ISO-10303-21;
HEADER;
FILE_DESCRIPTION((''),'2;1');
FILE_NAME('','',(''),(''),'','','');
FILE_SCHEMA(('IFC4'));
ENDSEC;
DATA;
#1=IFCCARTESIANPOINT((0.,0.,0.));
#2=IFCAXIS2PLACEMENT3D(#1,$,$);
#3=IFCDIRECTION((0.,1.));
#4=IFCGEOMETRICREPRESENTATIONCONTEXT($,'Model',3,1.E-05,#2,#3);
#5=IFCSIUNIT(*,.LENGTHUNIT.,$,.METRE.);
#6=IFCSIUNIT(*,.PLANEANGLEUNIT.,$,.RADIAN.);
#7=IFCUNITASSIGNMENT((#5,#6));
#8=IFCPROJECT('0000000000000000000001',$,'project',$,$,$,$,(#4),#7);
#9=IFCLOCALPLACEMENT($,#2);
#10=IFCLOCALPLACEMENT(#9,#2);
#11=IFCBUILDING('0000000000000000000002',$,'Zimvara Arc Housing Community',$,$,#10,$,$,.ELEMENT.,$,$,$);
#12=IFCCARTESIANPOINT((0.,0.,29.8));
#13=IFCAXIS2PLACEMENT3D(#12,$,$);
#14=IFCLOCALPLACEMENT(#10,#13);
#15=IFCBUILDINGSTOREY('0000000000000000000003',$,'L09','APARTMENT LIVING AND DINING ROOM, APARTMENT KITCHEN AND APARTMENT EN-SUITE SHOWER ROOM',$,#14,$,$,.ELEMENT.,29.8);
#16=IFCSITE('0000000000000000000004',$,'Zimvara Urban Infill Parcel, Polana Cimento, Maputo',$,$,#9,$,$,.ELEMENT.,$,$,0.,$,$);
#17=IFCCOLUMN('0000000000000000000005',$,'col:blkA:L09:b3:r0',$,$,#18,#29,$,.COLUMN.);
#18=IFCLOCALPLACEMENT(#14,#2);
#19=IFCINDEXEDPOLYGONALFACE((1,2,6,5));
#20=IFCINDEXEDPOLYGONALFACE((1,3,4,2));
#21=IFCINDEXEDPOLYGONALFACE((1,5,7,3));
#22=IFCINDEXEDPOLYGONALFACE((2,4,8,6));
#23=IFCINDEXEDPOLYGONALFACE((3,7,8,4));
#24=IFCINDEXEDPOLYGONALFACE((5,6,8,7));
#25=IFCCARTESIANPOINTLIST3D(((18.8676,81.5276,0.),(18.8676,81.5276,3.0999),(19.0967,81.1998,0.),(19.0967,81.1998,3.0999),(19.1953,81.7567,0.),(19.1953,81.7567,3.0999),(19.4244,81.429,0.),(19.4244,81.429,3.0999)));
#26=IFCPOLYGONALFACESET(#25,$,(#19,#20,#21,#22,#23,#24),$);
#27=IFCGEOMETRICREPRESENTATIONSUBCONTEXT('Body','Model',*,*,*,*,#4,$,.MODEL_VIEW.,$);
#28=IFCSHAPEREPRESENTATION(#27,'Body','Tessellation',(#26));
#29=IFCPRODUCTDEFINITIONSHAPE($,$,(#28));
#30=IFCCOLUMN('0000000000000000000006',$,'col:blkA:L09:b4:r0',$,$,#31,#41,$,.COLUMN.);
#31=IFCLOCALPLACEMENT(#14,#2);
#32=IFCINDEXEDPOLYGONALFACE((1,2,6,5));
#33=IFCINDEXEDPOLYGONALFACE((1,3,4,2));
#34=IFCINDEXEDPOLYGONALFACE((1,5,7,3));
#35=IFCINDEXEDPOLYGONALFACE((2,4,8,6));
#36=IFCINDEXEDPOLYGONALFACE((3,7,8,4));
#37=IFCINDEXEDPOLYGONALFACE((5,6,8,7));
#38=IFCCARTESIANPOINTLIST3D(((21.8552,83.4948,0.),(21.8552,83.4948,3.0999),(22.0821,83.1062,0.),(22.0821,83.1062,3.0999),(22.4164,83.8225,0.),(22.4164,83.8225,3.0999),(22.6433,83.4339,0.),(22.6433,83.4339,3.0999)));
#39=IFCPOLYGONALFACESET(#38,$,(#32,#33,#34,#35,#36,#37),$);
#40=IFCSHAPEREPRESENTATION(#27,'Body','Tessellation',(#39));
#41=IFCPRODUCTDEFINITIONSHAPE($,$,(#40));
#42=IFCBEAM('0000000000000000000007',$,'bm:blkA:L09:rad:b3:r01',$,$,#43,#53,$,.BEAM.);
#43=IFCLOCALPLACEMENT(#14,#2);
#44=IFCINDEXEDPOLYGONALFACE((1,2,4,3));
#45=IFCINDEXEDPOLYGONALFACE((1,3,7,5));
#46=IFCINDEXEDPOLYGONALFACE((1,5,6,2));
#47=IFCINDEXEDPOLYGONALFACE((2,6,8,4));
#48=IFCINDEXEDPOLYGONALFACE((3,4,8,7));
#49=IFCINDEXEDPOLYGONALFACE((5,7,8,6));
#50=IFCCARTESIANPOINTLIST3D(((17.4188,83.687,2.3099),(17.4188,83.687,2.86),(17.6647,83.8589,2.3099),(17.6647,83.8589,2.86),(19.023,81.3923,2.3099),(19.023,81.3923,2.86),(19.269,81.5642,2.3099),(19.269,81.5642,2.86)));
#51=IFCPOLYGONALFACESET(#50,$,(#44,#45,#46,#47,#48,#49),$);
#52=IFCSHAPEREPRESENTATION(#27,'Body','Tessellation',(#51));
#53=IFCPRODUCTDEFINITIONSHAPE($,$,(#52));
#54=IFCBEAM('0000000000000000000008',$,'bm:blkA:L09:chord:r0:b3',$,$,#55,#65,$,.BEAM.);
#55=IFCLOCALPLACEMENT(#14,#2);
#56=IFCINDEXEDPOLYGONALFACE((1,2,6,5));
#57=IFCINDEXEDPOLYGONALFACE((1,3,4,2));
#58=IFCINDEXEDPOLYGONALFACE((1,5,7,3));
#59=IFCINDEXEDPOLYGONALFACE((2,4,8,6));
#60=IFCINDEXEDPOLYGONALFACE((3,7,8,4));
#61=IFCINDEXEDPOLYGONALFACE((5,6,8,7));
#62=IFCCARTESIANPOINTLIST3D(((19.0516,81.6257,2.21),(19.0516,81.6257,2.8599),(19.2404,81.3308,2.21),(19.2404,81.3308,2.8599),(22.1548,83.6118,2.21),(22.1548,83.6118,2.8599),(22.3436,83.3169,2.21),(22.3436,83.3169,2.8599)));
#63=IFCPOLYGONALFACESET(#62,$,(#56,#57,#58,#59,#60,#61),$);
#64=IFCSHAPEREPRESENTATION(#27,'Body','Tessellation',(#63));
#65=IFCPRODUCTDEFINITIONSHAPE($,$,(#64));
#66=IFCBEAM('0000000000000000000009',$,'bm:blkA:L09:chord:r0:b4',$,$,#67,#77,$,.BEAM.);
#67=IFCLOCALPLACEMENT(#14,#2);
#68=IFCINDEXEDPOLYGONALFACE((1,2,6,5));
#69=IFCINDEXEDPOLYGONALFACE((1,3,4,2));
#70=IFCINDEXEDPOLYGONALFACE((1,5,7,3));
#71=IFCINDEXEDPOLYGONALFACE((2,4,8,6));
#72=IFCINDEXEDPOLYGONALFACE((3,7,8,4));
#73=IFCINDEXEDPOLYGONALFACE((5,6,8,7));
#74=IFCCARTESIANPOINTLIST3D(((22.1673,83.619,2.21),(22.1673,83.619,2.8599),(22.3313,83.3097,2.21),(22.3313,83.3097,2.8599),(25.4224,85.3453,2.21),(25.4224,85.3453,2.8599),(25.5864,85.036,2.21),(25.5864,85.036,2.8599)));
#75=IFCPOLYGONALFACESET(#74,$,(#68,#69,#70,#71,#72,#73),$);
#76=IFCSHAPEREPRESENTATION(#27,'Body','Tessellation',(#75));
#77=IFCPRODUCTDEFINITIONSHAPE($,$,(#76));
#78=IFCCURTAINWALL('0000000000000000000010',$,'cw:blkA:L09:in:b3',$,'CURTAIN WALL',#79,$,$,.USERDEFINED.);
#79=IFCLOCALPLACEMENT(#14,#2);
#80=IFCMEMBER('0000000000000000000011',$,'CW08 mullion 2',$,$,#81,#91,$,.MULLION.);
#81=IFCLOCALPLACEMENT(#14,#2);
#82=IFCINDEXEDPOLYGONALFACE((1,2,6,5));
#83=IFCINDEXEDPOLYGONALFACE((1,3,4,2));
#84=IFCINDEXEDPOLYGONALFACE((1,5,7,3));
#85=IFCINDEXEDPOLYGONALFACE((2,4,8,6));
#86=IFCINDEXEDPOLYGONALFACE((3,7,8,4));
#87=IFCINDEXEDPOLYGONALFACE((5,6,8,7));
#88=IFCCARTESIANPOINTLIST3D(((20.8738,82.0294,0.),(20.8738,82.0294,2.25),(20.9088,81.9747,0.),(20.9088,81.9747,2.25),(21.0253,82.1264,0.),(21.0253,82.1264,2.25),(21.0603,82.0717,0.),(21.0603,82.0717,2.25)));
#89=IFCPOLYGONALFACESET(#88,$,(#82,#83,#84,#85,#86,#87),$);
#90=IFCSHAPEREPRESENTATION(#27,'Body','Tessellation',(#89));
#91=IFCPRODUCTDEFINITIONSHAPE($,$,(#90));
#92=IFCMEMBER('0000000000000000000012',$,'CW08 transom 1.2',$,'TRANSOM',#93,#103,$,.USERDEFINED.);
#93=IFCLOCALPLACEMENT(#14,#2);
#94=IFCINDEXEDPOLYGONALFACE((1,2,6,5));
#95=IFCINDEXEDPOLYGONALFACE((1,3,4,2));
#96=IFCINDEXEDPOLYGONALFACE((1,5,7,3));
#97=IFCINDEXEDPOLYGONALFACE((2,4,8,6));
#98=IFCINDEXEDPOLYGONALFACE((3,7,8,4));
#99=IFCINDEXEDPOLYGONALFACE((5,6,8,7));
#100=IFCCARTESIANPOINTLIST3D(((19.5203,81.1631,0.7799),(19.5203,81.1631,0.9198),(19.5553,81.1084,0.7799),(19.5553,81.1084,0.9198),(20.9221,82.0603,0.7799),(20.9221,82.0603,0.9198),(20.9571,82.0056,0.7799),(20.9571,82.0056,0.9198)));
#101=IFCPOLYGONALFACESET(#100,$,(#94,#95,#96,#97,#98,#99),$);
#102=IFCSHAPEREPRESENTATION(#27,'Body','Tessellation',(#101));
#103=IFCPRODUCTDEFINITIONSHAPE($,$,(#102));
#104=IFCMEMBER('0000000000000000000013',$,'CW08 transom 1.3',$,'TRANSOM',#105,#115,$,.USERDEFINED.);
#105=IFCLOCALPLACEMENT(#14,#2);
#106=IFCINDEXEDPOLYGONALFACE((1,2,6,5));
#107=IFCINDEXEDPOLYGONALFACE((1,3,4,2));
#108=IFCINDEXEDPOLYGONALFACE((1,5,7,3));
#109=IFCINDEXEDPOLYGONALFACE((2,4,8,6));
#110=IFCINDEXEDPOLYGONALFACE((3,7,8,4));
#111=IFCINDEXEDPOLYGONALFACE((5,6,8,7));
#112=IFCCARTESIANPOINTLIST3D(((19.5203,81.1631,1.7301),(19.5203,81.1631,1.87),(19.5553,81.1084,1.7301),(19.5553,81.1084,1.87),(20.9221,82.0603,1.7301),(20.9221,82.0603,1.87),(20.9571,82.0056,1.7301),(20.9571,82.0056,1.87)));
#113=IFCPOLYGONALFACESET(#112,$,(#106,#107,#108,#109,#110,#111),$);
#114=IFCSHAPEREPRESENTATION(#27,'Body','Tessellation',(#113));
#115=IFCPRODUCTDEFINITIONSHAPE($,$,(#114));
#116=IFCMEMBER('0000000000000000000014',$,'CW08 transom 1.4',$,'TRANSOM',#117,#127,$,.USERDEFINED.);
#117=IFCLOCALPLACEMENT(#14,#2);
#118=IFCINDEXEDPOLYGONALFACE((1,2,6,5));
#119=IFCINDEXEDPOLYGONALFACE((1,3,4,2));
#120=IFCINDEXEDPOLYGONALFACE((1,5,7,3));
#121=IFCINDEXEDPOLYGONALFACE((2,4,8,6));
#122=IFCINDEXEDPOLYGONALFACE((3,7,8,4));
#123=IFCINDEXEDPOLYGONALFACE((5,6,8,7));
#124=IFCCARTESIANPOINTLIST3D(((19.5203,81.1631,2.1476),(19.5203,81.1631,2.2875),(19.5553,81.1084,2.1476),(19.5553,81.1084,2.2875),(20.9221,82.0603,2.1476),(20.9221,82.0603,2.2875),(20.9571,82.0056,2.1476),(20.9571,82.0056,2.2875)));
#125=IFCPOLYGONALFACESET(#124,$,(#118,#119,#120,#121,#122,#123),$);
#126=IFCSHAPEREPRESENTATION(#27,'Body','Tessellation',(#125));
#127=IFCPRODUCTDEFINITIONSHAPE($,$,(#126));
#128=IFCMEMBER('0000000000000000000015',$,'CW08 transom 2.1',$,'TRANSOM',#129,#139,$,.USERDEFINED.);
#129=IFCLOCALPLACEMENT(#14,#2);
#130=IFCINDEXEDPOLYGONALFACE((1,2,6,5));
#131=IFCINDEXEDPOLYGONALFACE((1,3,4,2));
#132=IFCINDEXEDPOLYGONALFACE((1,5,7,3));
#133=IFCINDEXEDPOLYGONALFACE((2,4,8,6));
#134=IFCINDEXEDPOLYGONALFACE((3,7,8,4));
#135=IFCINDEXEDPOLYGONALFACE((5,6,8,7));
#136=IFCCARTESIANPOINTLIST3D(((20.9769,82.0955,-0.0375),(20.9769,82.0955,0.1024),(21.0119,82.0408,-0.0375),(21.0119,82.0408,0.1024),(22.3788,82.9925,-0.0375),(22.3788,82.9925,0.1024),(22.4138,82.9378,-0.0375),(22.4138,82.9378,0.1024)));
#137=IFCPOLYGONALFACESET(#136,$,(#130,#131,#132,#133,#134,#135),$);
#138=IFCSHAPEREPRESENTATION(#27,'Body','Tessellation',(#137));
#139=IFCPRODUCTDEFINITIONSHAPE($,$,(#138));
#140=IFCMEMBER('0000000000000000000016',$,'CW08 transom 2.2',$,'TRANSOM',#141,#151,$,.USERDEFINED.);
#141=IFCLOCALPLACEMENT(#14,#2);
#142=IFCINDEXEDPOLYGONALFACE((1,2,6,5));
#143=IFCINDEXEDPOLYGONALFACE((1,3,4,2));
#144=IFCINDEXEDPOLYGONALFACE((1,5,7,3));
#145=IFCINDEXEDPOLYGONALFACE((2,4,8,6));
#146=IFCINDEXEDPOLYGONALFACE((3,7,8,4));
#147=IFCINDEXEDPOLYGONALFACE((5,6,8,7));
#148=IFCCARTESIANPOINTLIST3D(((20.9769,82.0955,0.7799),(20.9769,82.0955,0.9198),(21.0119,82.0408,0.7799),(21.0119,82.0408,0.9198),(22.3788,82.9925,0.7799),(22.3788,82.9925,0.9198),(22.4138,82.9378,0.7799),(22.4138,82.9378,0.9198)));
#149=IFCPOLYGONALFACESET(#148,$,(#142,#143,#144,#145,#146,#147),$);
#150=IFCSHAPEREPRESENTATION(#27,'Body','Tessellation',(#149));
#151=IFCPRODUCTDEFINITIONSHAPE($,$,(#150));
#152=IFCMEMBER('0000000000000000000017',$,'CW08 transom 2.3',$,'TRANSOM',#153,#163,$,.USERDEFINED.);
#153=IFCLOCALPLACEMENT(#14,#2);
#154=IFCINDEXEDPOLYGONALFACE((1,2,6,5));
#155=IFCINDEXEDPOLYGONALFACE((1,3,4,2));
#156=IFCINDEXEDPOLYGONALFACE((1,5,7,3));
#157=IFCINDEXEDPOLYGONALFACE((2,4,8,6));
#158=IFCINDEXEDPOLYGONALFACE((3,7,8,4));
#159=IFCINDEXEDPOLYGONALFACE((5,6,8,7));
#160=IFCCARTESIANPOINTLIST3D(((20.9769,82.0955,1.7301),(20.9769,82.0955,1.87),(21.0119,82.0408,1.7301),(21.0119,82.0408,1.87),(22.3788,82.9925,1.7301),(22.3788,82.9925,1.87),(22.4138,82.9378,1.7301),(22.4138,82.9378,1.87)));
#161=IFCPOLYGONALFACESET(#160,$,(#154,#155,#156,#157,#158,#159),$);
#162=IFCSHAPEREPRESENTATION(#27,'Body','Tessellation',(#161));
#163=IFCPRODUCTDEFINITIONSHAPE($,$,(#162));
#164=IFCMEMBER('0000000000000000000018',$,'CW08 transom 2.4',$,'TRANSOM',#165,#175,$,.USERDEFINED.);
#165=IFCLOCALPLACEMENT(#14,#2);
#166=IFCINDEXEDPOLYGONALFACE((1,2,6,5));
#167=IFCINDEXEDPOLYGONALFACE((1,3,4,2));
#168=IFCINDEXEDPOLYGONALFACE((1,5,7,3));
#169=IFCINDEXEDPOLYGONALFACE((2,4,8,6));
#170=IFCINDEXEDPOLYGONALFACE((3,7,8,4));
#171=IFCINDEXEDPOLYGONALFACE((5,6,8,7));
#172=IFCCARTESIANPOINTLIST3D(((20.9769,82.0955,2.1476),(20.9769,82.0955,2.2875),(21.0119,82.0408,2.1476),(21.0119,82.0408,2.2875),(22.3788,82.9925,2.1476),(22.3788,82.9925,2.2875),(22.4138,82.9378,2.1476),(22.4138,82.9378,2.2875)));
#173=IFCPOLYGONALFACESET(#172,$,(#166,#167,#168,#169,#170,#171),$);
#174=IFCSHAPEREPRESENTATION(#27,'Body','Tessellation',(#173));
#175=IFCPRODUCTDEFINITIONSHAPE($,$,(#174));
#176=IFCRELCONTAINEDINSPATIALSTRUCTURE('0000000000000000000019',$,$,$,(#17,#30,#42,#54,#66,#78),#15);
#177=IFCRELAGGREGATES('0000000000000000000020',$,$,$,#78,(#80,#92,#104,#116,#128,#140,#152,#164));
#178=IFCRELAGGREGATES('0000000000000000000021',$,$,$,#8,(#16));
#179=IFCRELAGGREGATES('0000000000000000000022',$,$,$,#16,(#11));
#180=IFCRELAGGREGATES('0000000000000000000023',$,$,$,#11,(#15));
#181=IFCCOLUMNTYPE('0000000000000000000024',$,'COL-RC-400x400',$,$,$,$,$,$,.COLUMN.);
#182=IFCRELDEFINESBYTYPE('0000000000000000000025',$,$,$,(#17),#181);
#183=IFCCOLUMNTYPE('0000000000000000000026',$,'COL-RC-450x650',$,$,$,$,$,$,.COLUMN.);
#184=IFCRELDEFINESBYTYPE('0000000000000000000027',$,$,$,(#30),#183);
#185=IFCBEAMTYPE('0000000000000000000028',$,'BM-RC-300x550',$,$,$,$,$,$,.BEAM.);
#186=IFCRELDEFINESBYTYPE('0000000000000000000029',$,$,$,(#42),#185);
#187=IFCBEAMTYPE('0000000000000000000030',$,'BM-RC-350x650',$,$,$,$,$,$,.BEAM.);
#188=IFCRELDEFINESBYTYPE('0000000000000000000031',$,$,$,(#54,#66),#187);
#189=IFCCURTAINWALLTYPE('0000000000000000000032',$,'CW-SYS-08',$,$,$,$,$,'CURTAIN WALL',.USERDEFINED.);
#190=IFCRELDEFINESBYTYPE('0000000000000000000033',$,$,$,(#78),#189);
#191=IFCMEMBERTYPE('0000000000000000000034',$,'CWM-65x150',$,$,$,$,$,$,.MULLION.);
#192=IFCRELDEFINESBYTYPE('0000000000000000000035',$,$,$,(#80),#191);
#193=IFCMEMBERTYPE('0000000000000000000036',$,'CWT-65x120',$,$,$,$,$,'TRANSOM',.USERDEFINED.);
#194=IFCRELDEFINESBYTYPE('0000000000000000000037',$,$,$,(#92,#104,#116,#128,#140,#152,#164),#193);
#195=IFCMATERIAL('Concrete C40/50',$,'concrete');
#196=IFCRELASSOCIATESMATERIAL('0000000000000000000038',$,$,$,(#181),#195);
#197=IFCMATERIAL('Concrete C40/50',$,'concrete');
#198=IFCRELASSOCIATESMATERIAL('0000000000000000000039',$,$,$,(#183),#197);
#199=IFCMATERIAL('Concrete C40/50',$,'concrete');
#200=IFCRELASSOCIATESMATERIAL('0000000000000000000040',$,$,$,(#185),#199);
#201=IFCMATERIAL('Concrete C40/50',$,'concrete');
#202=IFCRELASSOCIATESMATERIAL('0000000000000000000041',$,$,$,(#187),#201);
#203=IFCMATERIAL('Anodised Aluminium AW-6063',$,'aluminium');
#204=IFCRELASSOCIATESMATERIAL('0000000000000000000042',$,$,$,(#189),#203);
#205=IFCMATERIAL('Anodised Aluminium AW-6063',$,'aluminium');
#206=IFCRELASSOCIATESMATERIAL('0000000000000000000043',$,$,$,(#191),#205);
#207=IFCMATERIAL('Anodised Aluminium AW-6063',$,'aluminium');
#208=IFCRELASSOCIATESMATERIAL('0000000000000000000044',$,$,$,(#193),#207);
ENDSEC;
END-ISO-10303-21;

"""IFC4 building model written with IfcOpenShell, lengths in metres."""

from ifc_helpers import new_model, si_unit, direction, frame, origin, origin_2d, place, context, subcontext, project, spatial, rectangle, extrude, material, material_profile, profile_set, type_object, element, aggregate, save


model = new_model("IFC4")

# Units and contexts
model_context = context("Model", 3, precision=1e-05, world=origin(), true_north=direction((0.0, 1.0)))
body_context = subcontext(model_context, "Body", "Model", "MODEL_VIEW")
ifc_project = project(units=[si_unit("LENGTHUNIT", "METRE"), si_unit("PLANEANGLEUNIT", "RADIAN")], contexts=[model_context])

# Site, building, storey
site_placement = place(None, origin())
site = spatial("IfcSite", under=ifc_project, at=site_placement, Name="Zimvara Urban Infill Parcel, Polana Cimento, Maputo", CompositionType="ELEMENT", RefElevation=0.0)
building_placement = place(site_placement, origin())
building = spatial("IfcBuilding", under=site, at=building_placement, Name="Zimvara Arc Housing Community", CompositionType="ELEMENT")
storey_placement = place(building_placement, frame((0.0, 0.0, 29.8)))
storey = spatial("IfcBuildingStorey", under=building, at=storey_placement, Name="L09", Description="APARTMENT LIVING AND DINING ROOM, APARTMENT KITCHEN AND APARTMENT EN-SUITE SHOWER ROOM", CompositionType="ELEMENT", Elevation=29.8)

# Columns
ifc_material_1 = material(Name="Concrete C40/50", Category="concrete")
ifc_material_profile_1 = material_profile(ifc_material_1, rectangle(XDim=0.3999, YDim=0.3999, at=origin_2d()), Name="RC 400x400")
ifc_profile_set_1 = profile_set([ifc_material_profile_1], Name="Concrete C40/50")
column_type_1 = type_object("IfcColumnType", Name="COL-RC-400x400", PredefinedType="COLUMN", material=ifc_profile_set_1)
column_1_placement = place(storey_placement, frame((19.146, 81.4783, 0.0), z_axis=(0.0, 0.0, 1.0), x_axis=(-0.573004, 0.819552, 0.0)))
element("IfcColumn", 1, at=column_1_placement, inside=storey, type_object=column_type_1, Name="col:blkA:L09:b3:r0", PredefinedType="COLUMN", context=body_context, shape_type="SweptSolid", body=[
    extrude(rectangle(XDim=0.3999, YDim=0.3999, at=origin_2d()), origin(), (0.0, 0.0, 1.0), 3.0999),
])
ifc_material_2 = material(Name="Concrete C40/50", Category="concrete")
ifc_material_profile_2 = material_profile(ifc_material_2, rectangle(XDim=0.45, YDim=0.6499, at=origin_2d()), Name="RC 450x650")
ifc_profile_set_2 = profile_set([ifc_material_profile_2], Name="Concrete C40/50")
column_type_2 = type_object("IfcColumnType", Name="COL-RC-450x650", PredefinedType="COLUMN", material=ifc_profile_set_2)
column_2_placement = place(storey_placement, frame((22.2493, 83.4644, 0.0), z_axis=(0.0, 0.0, 1.0), x_axis=(-0.504226, 0.863572, 0.0)))
element("IfcColumn", 2, at=column_2_placement, inside=storey, type_object=column_type_2, Name="col:blkA:L09:b4:r0", PredefinedType="COLUMN", context=body_context, shape_type="SweptSolid", body=[
    extrude(rectangle(XDim=0.45, YDim=0.6499, at=origin_2d()), origin(), (0.0, 0.0, 1.0), 3.0999),
])

# Beams
ifc_material_3 = material(Name="Concrete C40/50", Category="concrete")
ifc_material_profile_3 = material_profile(ifc_material_3, rectangle(XDim=0.3, YDim=0.55, at=origin_2d()), Name="RC 300x550")
ifc_profile_set_3 = profile_set([ifc_material_profile_3], Name="Concrete C40/50")
beam_type_1 = type_object("IfcBeamType", Name="BM-RC-300x550", PredefinedType="BEAM", material=ifc_profile_set_3)
beam_1_placement = place(storey_placement, frame((19.146, 81.4783, 2.585), z_axis=(-0.572977, 0.819572, 0.0), x_axis=(-0.819572, -0.572977, 0.0)))
element("IfcBeam", 3, at=beam_1_placement, inside=storey, type_object=beam_type_1, Name="bm:blkA:L09:rad:b3:r01", PredefinedType="BEAM", context=body_context, shape_type="SweptSolid", body=[
    extrude(rectangle(XDim=0.3, YDim=0.55, at=origin_2d()), origin(), (0.0, 0.0, 1.0), 2.7998),
])
ifc_material_4 = material(Name="Concrete C40/50", Category="concrete")
ifc_material_profile_4 = material_profile(ifc_material_4, rectangle(XDim=0.3501, YDim=0.6499, at=origin_2d()), Name="RC 350x650")
ifc_profile_set_4 = profile_set([ifc_material_profile_4], Name="Concrete C40/50")
beam_type_2 = type_object("IfcBeamType", Name="BM-RC-350x650", PredefinedType="BEAM", material=ifc_profile_set_4)
beam_2_placement = place(storey_placement, frame((19.146, 81.4783, 2.5349), z_axis=(0.842273, 0.539052, 0.0), x_axis=(-0.539052, 0.842273, 0.0)))
element("IfcBeam", 4, at=beam_2_placement, inside=storey, type_object=beam_type_2, Name="bm:blkA:L09:chord:r0:b3", PredefinedType="BEAM", context=body_context, shape_type="SweptSolid", body=[
    extrude(rectangle(XDim=0.3501, YDim=0.6499, at=origin_2d()), origin(), (0.0, 0.0, 1.0), 3.6843),
])
beam_3_placement = place(storey_placement, frame((22.2493, 83.4644, 2.5349), z_axis=(0.883449, 0.468527, 0.0), x_axis=(-0.468527, 0.883449, 0.0)))
element("IfcBeam", 5, at=beam_3_placement, inside=storey, type_object=beam_type_2, Name="bm:blkA:L09:chord:r0:b4", PredefinedType="BEAM", context=body_context, shape_type="SweptSolid", body=[
    extrude(rectangle(XDim=0.3501, YDim=0.6499, at=origin_2d()), origin(), (0.0, 0.0, 1.0), 3.6846),
])

# Curtain wall, members
ifc_material_5 = material(Name="Anodised Aluminium AW-6063", Category="aluminium")
curtain_wall_type = type_object("IfcCurtainWallType", Name="CW-SYS-08", ElementType="CURTAIN WALL", PredefinedType="USERDEFINED", material=ifc_material_5)
curtain_wall_placement = place(storey_placement, origin())
curtain_wall = element("IfcCurtainWall", 6, at=curtain_wall_placement, inside=storey, type_object=curtain_wall_type, Name="cw:blkA:L09:in:b3", ObjectType="CURTAIN WALL", PredefinedType="USERDEFINED")
ifc_material_6 = material(Name="Anodised Aluminium AW-6063", Category="aluminium")
ifc_material_profile_5 = material_profile(ifc_material_6, rectangle(XDim=0.0649, YDim=0.1799, at=origin_2d()), Name="ALU 65x180")
ifc_profile_set_5 = profile_set([ifc_material_profile_5], Name="Anodised Aluminium AW-6063")
member_type_1 = type_object("IfcMemberType", Name="CWM-65x150", PredefinedType="MULLION", material=ifc_profile_set_5)
member_1_placement = place(storey_placement, frame((20.967, 82.0505, 0.0), z_axis=(0.0, 0.0, 1.0), x_axis=(-0.539064, 0.842265, 0.0)))
member_1 = element("IfcMember", 7, at=member_1_placement, type_object=member_type_1, Name="CW08 mullion 2", PredefinedType="MULLION", context=body_context, shape_type="SweptSolid", body=[
    extrude(rectangle(XDim=0.0649, YDim=0.1799, at=origin_2d()), origin(), (0.0, 0.0, 1.0), 2.25),
])
ifc_material_7 = material(Name="Anodised Aluminium AW-6063", Category="aluminium")
ifc_material_profile_6 = material_profile(ifc_material_7, rectangle(XDim=0.0649, YDim=0.1399, at=origin_2d()), Name="ALU 65x140")
ifc_profile_set_6 = profile_set([ifc_material_profile_6], Name="Anodised Aluminium AW-6063")
member_type_2 = type_object("IfcMemberType", Name="CWT-65x120", ElementType="TRANSOM", PredefinedType="USERDEFINED", material=ifc_profile_set_6)
member_2_placement = place(storey_placement, frame((19.5378, 81.1357, 0.8499), z_axis=(0.842263, 0.539066, 0.0), x_axis=(-0.539066, 0.842263, 0.0)))
member_2 = element("IfcMember", 8, at=member_2_placement, type_object=member_type_2, Name="CW08 transom 1.2", ObjectType="TRANSOM", PredefinedType="USERDEFINED", context=body_context, shape_type="SweptSolid", body=[
    extrude(rectangle(XDim=0.0649, YDim=0.1399, at=origin_2d()), origin(), (0.0, 0.0, 1.0), 1.6643),
])
member_3_placement = place(storey_placement, frame((19.5378, 81.1357, 1.8), z_axis=(0.842263, 0.539066, 0.0), x_axis=(-0.539066, 0.842263, 0.0)))
member_3 = element("IfcMember", 9, at=member_3_placement, type_object=member_type_2, Name="CW08 transom 1.3", ObjectType="TRANSOM", PredefinedType="USERDEFINED", context=body_context, shape_type="SweptSolid", body=[
    extrude(rectangle(XDim=0.0649, YDim=0.1399, at=origin_2d()), origin(), (0.0, 0.0, 1.0), 1.6643),
])
member_4_placement = place(storey_placement, frame((19.5378, 81.1357, 2.2175), z_axis=(0.842263, 0.539066, 0.0), x_axis=(-0.539066, 0.842263, 0.0)))
member_4 = element("IfcMember", 10, at=member_4_placement, type_object=member_type_2, Name="CW08 transom 1.4", ObjectType="TRANSOM", PredefinedType="USERDEFINED", context=body_context, shape_type="SweptSolid", body=[
    extrude(rectangle(XDim=0.0649, YDim=0.1399, at=origin_2d()), origin(), (0.0, 0.0, 1.0), 1.6643),
])
member_5_placement = place(storey_placement, frame((20.9944, 82.0681, 0.0325), z_axis=(0.84233, 0.538962, 0.0), x_axis=(-0.538962, 0.84233, 0.0)))
member_5 = element("IfcMember", 11, at=member_5_placement, type_object=member_type_2, Name="CW08 transom 2.1", ObjectType="TRANSOM", PredefinedType="USERDEFINED", context=body_context, shape_type="SweptSolid", body=[
    extrude(rectangle(XDim=0.0649, YDim=0.1399, at=origin_2d()), origin(), (0.0, 0.0, 1.0), 1.6643),
])
member_6_placement = place(storey_placement, frame((20.9944, 82.0681, 0.8499), z_axis=(0.84233, 0.538962, 0.0), x_axis=(-0.538962, 0.84233, 0.0)))
member_6 = element("IfcMember", 12, at=member_6_placement, type_object=member_type_2, Name="CW08 transom 2.2", ObjectType="TRANSOM", PredefinedType="USERDEFINED", context=body_context, shape_type="SweptSolid", body=[
    extrude(rectangle(XDim=0.0649, YDim=0.1399, at=origin_2d()), origin(), (0.0, 0.0, 1.0), 1.6643),
])
member_7_placement = place(storey_placement, frame((20.9944, 82.0681, 1.8), z_axis=(0.84233, 0.538962, 0.0), x_axis=(-0.538962, 0.84233, 0.0)))
member_7 = element("IfcMember", 13, at=member_7_placement, type_object=member_type_2, Name="CW08 transom 2.3", ObjectType="TRANSOM", PredefinedType="USERDEFINED", context=body_context, shape_type="SweptSolid", body=[
    extrude(rectangle(XDim=0.0649, YDim=0.1399, at=origin_2d()), origin(), (0.0, 0.0, 1.0), 1.6643),
])
member_8_placement = place(storey_placement, frame((20.9944, 82.0681, 2.2175), z_axis=(0.84233, 0.538962, 0.0), x_axis=(-0.538962, 0.84233, 0.0)))
member_8 = element("IfcMember", 14, at=member_8_placement, type_object=member_type_2, Name="CW08 transom 2.4", ObjectType="TRANSOM", PredefinedType="USERDEFINED", context=body_context, shape_type="SweptSolid", body=[
    extrude(rectangle(XDim=0.0649, YDim=0.1399, at=origin_2d()), origin(), (0.0, 0.0, 1.0), 1.6643),
])
aggregate(curtain_wall, [member_1, member_2, member_3, member_4, member_5, member_6, member_7, member_8])

save(model, "model.ifc")
